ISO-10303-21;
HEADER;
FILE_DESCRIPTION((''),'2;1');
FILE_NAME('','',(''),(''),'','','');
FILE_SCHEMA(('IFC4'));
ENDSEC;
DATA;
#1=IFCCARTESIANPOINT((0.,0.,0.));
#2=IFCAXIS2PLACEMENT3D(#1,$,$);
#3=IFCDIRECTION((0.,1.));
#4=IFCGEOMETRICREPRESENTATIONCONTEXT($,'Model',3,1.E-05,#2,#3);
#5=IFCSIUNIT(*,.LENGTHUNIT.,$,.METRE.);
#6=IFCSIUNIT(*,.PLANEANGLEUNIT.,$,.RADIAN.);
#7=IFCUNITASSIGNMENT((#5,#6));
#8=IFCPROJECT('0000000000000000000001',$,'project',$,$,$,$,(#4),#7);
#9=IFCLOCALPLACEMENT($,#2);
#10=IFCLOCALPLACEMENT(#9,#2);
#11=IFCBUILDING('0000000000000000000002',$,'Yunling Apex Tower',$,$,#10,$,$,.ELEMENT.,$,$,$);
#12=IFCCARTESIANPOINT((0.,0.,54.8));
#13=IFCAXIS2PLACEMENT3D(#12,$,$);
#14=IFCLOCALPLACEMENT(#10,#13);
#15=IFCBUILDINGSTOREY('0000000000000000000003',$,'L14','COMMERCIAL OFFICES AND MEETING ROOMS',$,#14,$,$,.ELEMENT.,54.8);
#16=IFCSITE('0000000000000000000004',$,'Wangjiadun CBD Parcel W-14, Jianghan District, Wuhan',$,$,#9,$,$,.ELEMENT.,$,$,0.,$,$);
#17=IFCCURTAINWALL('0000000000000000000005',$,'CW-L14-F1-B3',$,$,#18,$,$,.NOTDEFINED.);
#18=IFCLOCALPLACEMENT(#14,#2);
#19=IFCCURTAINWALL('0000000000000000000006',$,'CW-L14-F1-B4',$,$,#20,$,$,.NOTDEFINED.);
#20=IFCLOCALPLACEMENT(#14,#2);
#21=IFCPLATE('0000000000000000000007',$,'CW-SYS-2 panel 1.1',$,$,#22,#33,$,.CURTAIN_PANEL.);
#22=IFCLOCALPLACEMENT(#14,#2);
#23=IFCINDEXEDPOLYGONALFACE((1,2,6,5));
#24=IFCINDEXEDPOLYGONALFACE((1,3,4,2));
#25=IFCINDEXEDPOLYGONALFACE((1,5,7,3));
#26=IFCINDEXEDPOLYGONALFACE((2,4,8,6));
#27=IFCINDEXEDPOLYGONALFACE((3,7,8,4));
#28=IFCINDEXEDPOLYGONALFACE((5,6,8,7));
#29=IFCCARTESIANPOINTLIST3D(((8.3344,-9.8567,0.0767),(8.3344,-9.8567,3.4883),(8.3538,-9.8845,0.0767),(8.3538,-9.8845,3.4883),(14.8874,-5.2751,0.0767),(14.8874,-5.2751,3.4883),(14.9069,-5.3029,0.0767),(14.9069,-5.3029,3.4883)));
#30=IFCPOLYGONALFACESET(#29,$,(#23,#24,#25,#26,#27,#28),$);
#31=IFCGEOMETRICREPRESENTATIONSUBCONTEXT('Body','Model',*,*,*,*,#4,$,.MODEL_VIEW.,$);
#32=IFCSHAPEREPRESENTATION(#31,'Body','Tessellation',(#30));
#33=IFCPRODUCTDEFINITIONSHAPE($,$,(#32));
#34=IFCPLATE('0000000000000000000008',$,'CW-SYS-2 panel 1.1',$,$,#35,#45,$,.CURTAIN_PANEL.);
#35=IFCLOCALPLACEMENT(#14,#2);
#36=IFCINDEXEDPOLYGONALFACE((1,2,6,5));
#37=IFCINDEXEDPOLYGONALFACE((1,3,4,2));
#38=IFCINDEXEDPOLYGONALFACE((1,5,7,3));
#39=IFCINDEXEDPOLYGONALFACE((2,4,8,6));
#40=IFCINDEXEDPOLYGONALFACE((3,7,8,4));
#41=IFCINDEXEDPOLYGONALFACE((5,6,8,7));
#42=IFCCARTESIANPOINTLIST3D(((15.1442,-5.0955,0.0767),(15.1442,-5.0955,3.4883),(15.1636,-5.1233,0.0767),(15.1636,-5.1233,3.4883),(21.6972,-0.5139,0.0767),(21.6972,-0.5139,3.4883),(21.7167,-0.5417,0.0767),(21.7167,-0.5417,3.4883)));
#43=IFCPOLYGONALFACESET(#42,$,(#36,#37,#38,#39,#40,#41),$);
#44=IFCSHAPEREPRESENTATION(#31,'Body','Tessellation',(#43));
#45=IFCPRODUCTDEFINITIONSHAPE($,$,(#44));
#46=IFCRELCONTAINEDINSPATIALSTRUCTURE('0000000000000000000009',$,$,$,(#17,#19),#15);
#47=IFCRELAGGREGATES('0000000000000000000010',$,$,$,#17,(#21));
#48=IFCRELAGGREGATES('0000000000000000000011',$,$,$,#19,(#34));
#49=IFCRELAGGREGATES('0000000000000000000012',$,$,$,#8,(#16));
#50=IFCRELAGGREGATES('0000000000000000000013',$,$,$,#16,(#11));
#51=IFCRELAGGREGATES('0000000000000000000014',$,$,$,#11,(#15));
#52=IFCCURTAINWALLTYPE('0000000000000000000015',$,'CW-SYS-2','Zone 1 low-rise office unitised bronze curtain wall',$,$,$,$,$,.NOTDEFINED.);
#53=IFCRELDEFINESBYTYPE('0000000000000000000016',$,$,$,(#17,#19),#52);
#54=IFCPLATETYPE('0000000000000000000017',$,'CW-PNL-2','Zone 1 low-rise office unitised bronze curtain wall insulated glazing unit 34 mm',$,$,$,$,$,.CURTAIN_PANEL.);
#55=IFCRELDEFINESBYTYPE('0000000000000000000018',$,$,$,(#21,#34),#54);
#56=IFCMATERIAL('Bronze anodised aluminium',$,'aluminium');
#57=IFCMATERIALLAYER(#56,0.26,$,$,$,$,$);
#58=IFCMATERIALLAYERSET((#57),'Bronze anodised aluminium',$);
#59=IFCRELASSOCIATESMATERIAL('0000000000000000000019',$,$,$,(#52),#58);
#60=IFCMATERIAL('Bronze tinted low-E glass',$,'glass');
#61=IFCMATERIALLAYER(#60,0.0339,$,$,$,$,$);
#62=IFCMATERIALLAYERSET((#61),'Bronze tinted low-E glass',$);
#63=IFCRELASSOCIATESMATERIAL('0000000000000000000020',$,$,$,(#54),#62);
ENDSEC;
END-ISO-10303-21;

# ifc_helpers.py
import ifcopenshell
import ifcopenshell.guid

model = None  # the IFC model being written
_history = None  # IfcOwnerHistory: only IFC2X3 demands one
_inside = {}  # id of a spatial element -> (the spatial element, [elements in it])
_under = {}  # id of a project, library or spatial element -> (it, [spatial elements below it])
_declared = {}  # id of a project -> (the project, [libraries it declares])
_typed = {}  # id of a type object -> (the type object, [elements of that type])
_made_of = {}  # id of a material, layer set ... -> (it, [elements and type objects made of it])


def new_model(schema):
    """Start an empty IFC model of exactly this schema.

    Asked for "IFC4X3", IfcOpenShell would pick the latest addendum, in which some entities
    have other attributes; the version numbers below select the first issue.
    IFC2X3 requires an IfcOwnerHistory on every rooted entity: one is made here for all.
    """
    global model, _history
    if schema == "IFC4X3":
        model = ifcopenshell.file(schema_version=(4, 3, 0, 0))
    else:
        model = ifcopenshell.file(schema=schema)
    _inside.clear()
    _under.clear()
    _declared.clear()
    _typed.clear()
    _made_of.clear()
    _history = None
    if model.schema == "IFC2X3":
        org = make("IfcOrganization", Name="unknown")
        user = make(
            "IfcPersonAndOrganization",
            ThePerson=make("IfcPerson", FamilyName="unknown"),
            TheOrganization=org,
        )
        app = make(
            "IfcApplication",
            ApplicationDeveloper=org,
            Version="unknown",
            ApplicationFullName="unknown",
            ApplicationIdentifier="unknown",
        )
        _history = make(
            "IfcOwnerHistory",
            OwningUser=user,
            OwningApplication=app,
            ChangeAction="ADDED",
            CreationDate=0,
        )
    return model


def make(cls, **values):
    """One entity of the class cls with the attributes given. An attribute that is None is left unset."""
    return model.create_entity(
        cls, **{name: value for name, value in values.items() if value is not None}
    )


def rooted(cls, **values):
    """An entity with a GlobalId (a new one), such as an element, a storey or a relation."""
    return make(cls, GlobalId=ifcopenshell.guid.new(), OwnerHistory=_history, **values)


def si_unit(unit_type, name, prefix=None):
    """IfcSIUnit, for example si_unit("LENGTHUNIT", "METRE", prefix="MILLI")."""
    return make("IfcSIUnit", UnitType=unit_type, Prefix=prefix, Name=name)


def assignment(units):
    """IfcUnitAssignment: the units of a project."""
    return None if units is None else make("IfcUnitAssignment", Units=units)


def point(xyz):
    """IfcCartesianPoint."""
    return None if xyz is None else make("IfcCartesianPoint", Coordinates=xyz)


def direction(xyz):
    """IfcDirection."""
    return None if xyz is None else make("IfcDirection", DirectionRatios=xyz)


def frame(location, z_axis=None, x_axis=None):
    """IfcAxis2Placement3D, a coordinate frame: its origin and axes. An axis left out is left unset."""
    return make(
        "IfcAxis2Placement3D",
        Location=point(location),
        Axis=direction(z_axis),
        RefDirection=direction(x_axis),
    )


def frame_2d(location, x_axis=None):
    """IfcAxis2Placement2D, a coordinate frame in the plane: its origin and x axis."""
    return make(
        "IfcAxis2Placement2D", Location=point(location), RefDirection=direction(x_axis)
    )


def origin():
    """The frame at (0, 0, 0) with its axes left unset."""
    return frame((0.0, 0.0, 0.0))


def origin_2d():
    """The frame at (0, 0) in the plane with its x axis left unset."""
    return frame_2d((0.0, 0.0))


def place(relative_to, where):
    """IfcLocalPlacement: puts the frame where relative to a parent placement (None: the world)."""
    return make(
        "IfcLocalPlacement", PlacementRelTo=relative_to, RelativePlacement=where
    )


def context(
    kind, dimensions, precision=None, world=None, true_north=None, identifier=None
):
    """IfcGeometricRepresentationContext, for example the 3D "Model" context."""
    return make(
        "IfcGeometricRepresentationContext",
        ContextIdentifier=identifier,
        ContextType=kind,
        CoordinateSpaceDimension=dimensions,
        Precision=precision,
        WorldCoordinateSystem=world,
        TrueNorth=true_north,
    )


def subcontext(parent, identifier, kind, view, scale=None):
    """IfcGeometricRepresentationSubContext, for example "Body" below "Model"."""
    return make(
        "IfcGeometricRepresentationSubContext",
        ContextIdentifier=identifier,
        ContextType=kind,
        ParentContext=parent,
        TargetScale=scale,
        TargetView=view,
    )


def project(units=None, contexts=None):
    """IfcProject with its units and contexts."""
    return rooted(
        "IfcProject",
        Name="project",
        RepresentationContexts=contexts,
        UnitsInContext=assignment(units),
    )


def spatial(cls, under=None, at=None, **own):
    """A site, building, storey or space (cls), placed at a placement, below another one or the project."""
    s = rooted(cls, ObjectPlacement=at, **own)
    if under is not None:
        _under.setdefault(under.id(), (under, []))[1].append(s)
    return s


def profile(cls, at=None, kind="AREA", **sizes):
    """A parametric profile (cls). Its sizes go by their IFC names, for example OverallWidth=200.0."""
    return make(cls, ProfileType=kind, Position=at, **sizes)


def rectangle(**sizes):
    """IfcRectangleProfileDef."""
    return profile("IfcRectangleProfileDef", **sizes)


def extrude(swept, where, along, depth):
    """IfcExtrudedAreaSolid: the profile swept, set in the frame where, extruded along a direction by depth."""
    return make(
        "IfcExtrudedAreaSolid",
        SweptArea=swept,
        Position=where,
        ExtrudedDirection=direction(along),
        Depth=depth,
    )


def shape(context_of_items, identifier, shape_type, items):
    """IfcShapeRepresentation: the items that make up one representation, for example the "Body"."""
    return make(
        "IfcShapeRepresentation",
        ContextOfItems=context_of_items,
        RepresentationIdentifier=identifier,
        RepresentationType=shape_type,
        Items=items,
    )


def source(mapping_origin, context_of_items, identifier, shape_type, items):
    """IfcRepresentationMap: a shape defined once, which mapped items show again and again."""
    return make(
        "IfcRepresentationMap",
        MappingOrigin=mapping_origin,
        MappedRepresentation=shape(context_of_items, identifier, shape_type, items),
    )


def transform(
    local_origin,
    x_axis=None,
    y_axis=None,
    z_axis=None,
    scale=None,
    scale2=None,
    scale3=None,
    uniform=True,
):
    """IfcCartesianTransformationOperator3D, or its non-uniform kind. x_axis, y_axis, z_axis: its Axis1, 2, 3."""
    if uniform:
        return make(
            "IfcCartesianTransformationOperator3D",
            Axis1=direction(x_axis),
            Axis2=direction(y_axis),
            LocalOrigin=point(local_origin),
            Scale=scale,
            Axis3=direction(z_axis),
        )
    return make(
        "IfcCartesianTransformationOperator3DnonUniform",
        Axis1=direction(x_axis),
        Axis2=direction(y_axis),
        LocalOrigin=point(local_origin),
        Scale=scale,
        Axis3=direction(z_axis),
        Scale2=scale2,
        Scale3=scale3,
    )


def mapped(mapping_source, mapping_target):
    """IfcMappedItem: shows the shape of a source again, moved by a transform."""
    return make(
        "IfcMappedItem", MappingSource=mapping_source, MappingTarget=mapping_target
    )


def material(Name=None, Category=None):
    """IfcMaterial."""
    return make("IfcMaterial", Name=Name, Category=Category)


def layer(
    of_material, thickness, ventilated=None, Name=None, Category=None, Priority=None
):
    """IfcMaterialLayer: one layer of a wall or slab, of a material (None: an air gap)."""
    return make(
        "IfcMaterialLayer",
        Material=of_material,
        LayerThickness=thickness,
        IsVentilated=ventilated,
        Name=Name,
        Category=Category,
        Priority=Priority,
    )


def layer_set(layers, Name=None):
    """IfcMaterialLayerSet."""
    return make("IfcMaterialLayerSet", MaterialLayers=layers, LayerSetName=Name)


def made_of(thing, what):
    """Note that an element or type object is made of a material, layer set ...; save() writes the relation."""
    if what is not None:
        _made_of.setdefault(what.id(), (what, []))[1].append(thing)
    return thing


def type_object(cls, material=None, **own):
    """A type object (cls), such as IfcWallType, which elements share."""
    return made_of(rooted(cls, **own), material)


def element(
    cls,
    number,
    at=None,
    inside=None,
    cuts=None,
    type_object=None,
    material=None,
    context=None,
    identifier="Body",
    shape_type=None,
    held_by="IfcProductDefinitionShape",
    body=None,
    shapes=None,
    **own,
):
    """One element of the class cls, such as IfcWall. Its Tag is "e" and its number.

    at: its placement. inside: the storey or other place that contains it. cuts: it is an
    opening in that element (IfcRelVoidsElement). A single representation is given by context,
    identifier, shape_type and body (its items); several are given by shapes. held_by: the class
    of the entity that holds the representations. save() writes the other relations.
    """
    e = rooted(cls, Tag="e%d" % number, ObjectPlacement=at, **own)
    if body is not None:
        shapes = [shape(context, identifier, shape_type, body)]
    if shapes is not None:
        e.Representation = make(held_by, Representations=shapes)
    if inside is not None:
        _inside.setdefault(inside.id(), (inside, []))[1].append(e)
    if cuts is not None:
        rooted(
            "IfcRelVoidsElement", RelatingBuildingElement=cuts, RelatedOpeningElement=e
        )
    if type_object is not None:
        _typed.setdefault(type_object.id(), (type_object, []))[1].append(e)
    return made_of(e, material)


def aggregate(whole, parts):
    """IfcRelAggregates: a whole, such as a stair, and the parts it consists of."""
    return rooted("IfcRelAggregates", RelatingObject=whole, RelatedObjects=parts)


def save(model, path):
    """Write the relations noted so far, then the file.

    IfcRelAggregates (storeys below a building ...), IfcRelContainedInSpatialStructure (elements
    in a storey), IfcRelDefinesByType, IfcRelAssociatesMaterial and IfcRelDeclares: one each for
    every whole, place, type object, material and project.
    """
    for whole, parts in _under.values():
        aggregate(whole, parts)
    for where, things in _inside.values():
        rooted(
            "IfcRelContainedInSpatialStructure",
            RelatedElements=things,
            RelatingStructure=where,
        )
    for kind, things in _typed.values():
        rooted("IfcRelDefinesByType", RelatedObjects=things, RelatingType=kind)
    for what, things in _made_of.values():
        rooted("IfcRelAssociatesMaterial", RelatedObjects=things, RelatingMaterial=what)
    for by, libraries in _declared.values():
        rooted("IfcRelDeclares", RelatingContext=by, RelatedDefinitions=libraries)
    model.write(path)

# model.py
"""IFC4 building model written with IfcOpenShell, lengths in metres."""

from ifc_helpers import new_model, si_unit, direction, frame, origin, origin_2d, place, context, subcontext, project, spatial, rectangle, extrude, source, transform, mapped, material, layer, layer_set, type_object, element, aggregate, save


model = new_model("IFC4")

# Units and contexts
model_context = context("Model", 3, precision=1e-05, world=origin(), true_north=direction((0.0, 1.0)))
body_context = subcontext(model_context, "Body", "Model", "MODEL_VIEW")
ifc_project = project(units=[si_unit("LENGTHUNIT", "METRE"), si_unit("PLANEANGLEUNIT", "RADIAN")], contexts=[model_context])

# Site, building, storey
site_placement = place(None, origin())
site = spatial("IfcSite", under=ifc_project, at=site_placement, Name="Wangjiadun CBD Parcel W-14, Jianghan District, Wuhan", CompositionType="ELEMENT", RefElevation=0.0)
building_placement = place(site_placement, origin())
building = spatial("IfcBuilding", under=site, at=building_placement, Name="Yunling Apex Tower", CompositionType="ELEMENT")
storey_placement = place(building_placement, frame((0.0, 0.0, 54.8)))
storey = spatial("IfcBuildingStorey", under=building, at=storey_placement, Name="L14", Description="COMMERCIAL OFFICES AND MEETING ROOMS", CompositionType="ELEMENT", Elevation=54.8)

# Curtain wall
ifc_material_1 = material(Name="Bronze anodised aluminium", Category="aluminium")
ifc_layer_1 = layer(ifc_material_1, 0.26)
ifc_layer_set_1 = layer_set([ifc_layer_1], Name="Bronze anodised aluminium")
curtain_wall_type = type_object("IfcCurtainWallType", Name="CW-SYS-2", Description="Zone 1 low-rise office unitised bronze curtain wall", PredefinedType="NOTDEFINED", material=ifc_layer_set_1)
curtain_wall_1_placement = place(storey_placement, origin())
curtain_wall_1 = element("IfcCurtainWall", 1, at=curtain_wall_1_placement, inside=storey, type_object=curtain_wall_type, Name="CW-L14-F1-B3", PredefinedType="NOTDEFINED")

# Curtain wall
curtain_wall_2_placement = place(storey_placement, origin())
curtain_wall_2 = element("IfcCurtainWall", 2, at=curtain_wall_2_placement, inside=storey, type_object=curtain_wall_type, Name="CW-L14-F1-B4", PredefinedType="NOTDEFINED")

# Plates
ifc_material_2 = material(Name="Bronze tinted low-E glass", Category="glass")
ifc_layer_2 = layer(ifc_material_2, 0.0339)
ifc_layer_set_2 = layer_set([ifc_layer_2], Name="Bronze tinted low-E glass")
plate_type = type_object("IfcPlateType", Name="CW-PNL-2", Description="Zone 1 low-rise office unitised bronze curtain wall insulated glazing unit 34 mm", PredefinedType="CURTAIN_PANEL", material=ifc_layer_set_2)
shared_shape_1 = source(origin(), body_context, "Body", "SweptSolid", [
    extrude(rectangle(XDim=7.9958, YDim=0.0339, at=origin_2d()), origin(), (0.0, 0.0, 1.0), 3.4116),
])
plate_1_placement = place(storey_placement, frame((11.6206, -7.5798, 0.0767), z_axis=(0.0, 0.0, 1.0), x_axis=(0.819558, 0.572996, 0.0)))
plate_1 = element("IfcPlate", 3, at=plate_1_placement, type_object=plate_type, Name="CW-SYS-2 panel 1.1", PredefinedType="CURTAIN_PANEL", context=body_context, shape_type="MappedRepresentation", body=[
    mapped(shared_shape_1, transform((0.0, 0.0, 0.0), scale=1.0)),
])
aggregate(curtain_wall_1, [plate_1])
plate_2_placement = place(storey_placement, frame((18.4304, -2.8186, 0.0767), z_axis=(0.0, 0.0, 1.0), x_axis=(0.819552, 0.573004, 0.0)))
plate_2 = element("IfcPlate", 4, at=plate_2_placement, type_object=plate_type, Name="CW-SYS-2 panel 1.1", PredefinedType="CURTAIN_PANEL", context=body_context, shape_type="MappedRepresentation", body=[
    mapped(shared_shape_1, transform((0.0, 0.0, 0.0), scale=1.0)),
])
aggregate(curtain_wall_2, [plate_2])

save(model, "model.ifc")
